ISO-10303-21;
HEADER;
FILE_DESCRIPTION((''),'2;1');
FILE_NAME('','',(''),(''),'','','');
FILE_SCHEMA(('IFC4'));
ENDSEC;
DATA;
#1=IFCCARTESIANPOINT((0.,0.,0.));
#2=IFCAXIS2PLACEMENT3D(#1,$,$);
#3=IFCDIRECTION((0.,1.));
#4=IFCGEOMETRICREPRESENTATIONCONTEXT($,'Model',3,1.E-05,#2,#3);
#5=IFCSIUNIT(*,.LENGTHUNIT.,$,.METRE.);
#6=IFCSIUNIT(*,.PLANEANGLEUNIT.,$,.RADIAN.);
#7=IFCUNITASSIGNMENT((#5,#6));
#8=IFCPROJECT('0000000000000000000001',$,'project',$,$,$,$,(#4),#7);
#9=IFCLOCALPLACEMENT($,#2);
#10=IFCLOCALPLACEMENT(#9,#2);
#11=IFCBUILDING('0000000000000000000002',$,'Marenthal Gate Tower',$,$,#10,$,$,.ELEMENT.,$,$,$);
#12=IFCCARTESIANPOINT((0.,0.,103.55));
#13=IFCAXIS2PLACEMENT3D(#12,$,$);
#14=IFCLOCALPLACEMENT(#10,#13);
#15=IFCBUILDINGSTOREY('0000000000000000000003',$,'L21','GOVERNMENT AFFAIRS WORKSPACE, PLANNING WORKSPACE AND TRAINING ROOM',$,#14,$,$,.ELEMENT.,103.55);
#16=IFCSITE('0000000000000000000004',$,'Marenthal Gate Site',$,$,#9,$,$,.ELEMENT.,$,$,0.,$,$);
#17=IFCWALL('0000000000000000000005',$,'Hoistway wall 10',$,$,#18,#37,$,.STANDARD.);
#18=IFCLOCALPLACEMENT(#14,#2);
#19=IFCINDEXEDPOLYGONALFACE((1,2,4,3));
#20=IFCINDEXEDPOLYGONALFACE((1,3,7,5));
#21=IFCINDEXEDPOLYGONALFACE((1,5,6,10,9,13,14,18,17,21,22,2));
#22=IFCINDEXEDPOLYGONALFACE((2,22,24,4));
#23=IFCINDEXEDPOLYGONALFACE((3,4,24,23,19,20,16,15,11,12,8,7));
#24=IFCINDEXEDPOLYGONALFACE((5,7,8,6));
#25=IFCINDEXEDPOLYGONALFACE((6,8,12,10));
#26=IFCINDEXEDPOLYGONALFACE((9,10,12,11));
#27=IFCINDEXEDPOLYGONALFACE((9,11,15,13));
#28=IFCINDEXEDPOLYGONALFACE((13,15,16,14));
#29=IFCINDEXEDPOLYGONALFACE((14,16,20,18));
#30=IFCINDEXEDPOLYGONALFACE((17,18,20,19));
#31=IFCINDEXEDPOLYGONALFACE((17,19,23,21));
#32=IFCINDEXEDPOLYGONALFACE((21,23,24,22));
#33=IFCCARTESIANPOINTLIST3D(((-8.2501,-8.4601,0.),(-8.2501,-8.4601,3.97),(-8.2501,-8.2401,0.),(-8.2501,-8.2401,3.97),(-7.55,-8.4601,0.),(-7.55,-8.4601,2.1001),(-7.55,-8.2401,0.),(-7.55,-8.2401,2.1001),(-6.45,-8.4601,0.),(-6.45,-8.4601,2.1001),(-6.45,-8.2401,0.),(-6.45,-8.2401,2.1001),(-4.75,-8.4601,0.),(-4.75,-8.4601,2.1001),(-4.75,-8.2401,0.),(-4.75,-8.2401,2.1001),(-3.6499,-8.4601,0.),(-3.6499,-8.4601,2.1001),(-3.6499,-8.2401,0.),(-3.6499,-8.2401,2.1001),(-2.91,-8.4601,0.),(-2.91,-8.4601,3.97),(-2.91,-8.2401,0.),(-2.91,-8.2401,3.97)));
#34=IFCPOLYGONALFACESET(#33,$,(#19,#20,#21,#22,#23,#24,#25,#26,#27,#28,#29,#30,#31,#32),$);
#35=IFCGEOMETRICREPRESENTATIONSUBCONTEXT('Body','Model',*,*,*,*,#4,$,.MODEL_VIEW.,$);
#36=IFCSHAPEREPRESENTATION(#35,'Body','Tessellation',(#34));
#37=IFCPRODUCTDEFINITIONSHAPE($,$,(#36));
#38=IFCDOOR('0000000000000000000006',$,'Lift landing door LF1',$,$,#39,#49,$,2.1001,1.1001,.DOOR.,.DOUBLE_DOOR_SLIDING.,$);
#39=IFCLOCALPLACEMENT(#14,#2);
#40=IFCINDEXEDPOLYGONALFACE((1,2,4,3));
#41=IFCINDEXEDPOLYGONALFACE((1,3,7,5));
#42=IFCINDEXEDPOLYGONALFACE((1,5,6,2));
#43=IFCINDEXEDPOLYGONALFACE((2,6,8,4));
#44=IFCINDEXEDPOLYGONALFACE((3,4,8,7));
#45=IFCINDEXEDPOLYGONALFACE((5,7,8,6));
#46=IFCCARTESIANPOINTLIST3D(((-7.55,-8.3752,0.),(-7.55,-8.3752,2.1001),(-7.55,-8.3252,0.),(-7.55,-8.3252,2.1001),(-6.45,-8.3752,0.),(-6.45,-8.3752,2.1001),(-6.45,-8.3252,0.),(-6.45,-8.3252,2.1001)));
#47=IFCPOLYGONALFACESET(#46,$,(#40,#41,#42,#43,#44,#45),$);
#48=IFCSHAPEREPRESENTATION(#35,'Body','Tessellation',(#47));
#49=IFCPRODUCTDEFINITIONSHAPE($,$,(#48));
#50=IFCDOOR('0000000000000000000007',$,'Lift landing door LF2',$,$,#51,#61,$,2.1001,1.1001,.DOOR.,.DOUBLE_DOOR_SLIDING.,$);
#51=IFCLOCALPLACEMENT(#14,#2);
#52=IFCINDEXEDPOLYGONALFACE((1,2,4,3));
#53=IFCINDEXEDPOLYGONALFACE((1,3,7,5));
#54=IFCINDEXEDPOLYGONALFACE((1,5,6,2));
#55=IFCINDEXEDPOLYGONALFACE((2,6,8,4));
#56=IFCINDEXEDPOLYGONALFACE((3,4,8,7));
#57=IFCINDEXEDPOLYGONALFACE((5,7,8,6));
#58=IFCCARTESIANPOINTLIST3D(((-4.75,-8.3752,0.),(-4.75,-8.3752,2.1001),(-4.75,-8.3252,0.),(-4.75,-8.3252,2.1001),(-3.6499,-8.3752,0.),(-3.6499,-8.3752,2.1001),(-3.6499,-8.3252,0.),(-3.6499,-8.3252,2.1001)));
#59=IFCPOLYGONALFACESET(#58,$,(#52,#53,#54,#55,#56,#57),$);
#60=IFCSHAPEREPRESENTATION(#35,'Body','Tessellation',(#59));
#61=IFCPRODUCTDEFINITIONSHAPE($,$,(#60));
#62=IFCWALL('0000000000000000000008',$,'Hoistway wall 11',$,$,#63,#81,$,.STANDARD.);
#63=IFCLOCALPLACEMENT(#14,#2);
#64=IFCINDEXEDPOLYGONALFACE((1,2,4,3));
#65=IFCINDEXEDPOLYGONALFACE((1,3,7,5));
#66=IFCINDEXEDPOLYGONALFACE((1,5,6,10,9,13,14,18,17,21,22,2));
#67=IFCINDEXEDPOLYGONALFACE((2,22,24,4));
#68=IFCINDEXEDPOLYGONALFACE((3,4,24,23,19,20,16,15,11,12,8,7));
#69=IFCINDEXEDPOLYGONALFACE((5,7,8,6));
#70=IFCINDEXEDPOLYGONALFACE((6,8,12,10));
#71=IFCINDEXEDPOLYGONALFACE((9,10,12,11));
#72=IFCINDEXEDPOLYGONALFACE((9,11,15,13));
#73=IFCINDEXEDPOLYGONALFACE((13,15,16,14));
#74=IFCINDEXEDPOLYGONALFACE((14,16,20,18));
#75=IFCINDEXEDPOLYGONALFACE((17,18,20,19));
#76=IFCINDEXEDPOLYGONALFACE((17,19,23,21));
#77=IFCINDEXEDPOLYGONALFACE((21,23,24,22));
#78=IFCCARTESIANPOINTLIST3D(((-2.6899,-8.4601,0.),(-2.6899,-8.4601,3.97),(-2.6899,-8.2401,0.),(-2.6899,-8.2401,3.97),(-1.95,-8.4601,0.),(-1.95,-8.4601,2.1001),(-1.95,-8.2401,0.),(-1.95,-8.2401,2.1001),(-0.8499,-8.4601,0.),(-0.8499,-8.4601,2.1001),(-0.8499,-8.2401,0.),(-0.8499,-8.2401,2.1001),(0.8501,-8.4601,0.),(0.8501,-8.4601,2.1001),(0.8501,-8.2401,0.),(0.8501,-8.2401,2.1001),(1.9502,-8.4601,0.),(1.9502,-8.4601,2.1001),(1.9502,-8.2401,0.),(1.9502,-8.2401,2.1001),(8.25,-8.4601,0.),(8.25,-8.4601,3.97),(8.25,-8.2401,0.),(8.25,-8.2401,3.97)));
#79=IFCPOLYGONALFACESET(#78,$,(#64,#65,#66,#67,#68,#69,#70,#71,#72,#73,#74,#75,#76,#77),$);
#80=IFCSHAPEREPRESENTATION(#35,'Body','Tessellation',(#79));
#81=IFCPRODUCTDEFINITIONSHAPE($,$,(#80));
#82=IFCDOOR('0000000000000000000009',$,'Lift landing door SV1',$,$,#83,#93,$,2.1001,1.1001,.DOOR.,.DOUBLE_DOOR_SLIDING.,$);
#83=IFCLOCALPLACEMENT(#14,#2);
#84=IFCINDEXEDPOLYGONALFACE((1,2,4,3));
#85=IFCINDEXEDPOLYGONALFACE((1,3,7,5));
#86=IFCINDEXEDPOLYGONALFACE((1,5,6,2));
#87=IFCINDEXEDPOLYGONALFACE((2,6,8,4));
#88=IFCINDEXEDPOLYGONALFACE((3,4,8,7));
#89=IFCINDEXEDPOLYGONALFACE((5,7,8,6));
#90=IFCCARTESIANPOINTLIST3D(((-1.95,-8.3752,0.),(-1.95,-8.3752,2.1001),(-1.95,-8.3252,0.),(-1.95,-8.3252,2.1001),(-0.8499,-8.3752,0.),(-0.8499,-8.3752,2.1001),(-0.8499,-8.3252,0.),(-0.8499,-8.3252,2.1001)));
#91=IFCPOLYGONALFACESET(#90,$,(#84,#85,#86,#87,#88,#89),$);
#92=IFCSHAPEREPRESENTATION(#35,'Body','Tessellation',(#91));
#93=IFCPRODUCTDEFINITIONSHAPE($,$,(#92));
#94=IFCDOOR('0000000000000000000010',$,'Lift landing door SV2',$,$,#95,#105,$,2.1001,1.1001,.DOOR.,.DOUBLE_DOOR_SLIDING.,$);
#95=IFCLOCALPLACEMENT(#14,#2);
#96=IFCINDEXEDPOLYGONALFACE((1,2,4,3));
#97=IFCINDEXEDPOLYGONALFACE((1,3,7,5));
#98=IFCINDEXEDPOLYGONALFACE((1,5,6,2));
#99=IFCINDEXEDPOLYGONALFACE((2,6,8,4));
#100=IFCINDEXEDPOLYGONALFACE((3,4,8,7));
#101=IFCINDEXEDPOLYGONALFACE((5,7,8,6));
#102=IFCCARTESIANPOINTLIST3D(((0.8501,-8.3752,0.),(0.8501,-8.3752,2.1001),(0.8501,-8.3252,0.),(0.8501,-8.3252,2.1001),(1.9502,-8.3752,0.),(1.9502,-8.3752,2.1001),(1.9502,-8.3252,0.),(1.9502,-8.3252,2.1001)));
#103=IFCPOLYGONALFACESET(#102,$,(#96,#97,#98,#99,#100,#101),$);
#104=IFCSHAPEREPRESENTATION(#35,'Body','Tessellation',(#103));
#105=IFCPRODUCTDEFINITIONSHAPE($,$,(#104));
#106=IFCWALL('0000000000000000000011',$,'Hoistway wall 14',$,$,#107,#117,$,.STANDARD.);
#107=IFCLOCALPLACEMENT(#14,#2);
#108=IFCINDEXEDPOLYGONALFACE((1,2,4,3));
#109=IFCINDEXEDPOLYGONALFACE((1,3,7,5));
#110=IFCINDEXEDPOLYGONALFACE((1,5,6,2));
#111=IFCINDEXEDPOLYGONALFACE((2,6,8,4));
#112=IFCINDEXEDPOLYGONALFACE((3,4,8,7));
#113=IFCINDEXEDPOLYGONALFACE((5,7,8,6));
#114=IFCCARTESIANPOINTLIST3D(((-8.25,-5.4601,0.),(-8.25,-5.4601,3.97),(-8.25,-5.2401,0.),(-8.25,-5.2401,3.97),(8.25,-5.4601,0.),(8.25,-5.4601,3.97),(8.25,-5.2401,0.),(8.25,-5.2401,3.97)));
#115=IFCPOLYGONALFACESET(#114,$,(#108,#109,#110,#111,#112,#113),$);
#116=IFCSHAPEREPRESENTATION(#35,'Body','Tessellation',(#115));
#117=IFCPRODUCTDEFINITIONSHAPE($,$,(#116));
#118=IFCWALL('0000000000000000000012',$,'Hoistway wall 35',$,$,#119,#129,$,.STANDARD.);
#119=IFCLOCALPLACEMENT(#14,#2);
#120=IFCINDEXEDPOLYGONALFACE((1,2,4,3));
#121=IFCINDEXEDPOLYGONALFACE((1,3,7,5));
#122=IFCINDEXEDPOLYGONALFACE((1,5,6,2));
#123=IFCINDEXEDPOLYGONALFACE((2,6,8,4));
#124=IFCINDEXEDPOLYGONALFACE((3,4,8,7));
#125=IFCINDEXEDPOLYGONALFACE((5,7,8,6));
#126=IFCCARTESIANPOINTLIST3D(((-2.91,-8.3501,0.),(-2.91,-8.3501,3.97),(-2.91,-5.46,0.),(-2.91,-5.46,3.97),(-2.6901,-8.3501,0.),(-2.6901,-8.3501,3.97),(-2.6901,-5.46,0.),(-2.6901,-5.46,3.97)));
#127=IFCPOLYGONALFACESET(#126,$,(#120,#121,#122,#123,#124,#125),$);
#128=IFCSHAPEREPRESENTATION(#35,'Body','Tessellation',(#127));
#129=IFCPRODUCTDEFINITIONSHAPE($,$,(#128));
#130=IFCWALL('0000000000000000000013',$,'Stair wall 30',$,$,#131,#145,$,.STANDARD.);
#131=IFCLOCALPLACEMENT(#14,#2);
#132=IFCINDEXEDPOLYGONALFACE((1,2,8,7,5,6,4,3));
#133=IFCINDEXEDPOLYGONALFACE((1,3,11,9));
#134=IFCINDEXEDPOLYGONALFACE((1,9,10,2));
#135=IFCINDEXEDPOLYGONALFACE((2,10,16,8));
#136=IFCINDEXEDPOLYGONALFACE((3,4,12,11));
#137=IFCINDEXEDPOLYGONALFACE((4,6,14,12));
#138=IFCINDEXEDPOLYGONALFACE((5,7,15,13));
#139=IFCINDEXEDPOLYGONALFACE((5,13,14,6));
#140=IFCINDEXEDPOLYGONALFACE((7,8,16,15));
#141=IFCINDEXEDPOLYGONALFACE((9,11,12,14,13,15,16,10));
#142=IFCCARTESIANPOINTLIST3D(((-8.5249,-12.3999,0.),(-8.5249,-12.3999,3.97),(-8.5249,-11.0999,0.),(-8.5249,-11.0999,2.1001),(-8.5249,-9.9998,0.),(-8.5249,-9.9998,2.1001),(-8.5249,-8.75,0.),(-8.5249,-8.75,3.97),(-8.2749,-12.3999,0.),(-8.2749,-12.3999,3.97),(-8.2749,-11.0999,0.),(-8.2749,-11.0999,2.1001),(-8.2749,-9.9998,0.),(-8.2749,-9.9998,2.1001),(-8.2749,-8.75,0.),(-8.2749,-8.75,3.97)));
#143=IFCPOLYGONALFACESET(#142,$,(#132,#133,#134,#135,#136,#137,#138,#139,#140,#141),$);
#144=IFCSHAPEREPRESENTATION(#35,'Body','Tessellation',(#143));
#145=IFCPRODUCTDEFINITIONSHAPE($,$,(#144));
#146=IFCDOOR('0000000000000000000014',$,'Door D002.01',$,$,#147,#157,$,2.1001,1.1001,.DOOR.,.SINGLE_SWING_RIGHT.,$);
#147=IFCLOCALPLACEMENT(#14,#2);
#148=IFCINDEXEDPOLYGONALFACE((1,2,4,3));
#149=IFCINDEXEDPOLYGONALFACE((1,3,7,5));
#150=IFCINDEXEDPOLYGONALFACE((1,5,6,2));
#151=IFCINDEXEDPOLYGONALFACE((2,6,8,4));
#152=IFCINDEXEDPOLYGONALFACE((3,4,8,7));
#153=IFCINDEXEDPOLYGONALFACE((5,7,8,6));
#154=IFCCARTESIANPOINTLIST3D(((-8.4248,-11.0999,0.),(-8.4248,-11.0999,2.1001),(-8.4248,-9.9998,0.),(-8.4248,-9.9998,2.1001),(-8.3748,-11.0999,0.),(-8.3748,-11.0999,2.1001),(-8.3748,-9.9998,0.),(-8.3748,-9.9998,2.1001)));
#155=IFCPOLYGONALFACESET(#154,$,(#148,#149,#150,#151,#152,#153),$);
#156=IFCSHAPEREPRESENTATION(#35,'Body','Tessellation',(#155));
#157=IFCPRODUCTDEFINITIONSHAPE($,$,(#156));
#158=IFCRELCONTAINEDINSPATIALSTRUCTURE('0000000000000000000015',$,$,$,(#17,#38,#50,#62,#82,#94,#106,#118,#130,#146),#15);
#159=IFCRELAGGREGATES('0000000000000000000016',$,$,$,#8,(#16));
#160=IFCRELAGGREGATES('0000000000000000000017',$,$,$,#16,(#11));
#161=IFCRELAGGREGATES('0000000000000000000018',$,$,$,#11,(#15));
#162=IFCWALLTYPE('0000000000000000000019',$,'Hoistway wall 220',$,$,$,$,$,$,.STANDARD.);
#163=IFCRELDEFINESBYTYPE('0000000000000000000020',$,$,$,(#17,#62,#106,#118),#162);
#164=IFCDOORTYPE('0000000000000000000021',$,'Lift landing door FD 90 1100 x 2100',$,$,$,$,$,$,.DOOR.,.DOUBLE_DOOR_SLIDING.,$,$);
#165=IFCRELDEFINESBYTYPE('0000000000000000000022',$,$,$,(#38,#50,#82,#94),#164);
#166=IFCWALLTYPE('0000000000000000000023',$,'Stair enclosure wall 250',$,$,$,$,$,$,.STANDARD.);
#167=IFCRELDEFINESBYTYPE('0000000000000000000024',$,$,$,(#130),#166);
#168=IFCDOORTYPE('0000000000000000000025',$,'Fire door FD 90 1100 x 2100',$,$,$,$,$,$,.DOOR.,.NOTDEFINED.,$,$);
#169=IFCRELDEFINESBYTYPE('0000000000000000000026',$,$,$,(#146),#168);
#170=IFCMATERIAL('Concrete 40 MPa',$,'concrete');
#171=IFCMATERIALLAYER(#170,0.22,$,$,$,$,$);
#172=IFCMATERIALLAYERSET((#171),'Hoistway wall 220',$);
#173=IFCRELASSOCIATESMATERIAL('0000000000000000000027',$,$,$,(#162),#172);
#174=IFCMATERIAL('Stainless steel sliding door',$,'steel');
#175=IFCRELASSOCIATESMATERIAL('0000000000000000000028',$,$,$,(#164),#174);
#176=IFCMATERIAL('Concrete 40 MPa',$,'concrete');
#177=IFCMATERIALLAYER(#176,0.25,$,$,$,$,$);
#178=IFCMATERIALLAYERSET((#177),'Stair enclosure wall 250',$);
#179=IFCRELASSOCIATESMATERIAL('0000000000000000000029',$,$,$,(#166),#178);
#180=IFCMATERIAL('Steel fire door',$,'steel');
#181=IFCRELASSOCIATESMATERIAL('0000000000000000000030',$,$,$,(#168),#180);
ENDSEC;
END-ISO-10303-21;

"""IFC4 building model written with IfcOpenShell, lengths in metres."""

from ifc_helpers import new_model, si_unit, direction, frame, frame_2d, origin, place, context, subcontext, project, spatial, rectangle, extrude, material, layer, layer_set, type_object, element, fill, save


model = new_model("IFC4")

# Units and contexts
model_context = context("Model", 3, precision=1e-05, world=origin(), true_north=direction((0.0, 1.0)))
body_context = subcontext(model_context, "Body", "Model", "MODEL_VIEW")
ifc_project = project(units=[si_unit("LENGTHUNIT", "METRE"), si_unit("PLANEANGLEUNIT", "RADIAN")], contexts=[model_context])

# Site, building, storey
site_placement = place(None, origin())
site = spatial("IfcSite", under=ifc_project, at=site_placement, Name="Marenthal Gate Site", CompositionType="ELEMENT", RefElevation=0.0)
building_placement = place(site_placement, origin())
building = spatial("IfcBuilding", under=site, at=building_placement, Name="Marenthal Gate Tower", CompositionType="ELEMENT")
storey_placement = place(building_placement, frame((0.0, 0.0, 103.55)))
storey = spatial("IfcBuildingStorey", under=building, at=storey_placement, Name="L21", Description="GOVERNMENT AFFAIRS WORKSPACE, PLANNING WORKSPACE AND TRAINING ROOM", CompositionType="ELEMENT", Elevation=103.55)

# Walls, openings, doors
ifc_material_1 = material(Name="Concrete 40 MPa", Category="concrete")
ifc_layer_1 = layer(ifc_material_1, 0.22)
ifc_layer_set_1 = layer_set([ifc_layer_1], Name="Hoistway wall 220")
wall_type_1 = type_object("IfcWallType", Name="Hoistway wall 220", PredefinedType="STANDARD", material=ifc_layer_set_1)
wall_1_placement = place(storey_placement, frame((-8.25, -8.3501, 0.0), z_axis=(0.0, 0.0, 1.0), x_axis=(1.0, 0.0, 0.0)))
wall_1 = element("IfcWall", 1, at=wall_1_placement, inside=storey, type_object=wall_type_1, Name="Hoistway wall 10", PredefinedType="STANDARD", context=body_context, shape_type="SweptSolid", body=[
    extrude(rectangle(XDim=5.3401, YDim=0.22, at=frame_2d((2.6699, 0.0))), origin(), (0.0, 0.0, 1.0), 3.97),
])
opening_1_placement = place(wall_1_placement, frame((0.7, 0.0, 0.0)))
opening_1 = element("IfcOpeningElement", 2, at=opening_1_placement, cuts=wall_1, PredefinedType="OPENING", context=body_context, shape_type="SweptSolid", body=[
    extrude(rectangle(XDim=1.1001, YDim=2.1001, at=frame_2d((0.55, 1.05))), frame((0.0, 0.1201, 0.0), z_axis=(0.0, -1.0, 0.0), x_axis=(1.0, 0.0, 0.0)), (0.0, 0.0, 1.0), 0.24),
])
opening_2_placement = place(wall_1_placement, frame((3.5, 0.0, 0.0)))
opening_2 = element("IfcOpeningElement", 3, at=opening_2_placement, cuts=wall_1, PredefinedType="OPENING", context=body_context, shape_type="SweptSolid", body=[
    extrude(rectangle(XDim=1.1001, YDim=2.1001, at=frame_2d((0.55, 1.05))), frame((0.0, 0.1201, 0.0), z_axis=(0.0, -1.0, 0.0), x_axis=(1.0, 0.0, 0.0)), (0.0, 0.0, 1.0), 0.24),
])
ifc_material_2 = material(Name="Stainless steel sliding door", Category="steel")
door_type_1 = type_object("IfcDoorType", Name="Lift landing door FD 90 1100 x 2100", OperationType="DOUBLE_DOOR_SLIDING", PredefinedType="DOOR", material=ifc_material_2)
door_1_placement = place(opening_1_placement, origin())
door_1 = element("IfcDoor", 4, at=door_1_placement, inside=storey, type_object=door_type_1, Name="Lift landing door LF1", OperationType="DOUBLE_DOOR_SLIDING", OverallHeight=2.1001, OverallWidth=1.1001, PredefinedType="DOOR", context=body_context, shape_type="SweptSolid", body=[
    extrude(rectangle(XDim=1.1001, YDim=2.1001, at=frame_2d((0.55, 1.05))), frame((0.0, 0.0249, 0.0), z_axis=(0.0, -1.0, 0.0), x_axis=(1.0, 0.0, 0.0)), (0.0, 0.0, 1.0), 0.05),
])
fill(opening_1, door_1)
door_2_placement = place(opening_2_placement, origin())
door_2 = element("IfcDoor", 5, at=door_2_placement, inside=storey, type_object=door_type_1, Name="Lift landing door LF2", OperationType="DOUBLE_DOOR_SLIDING", OverallHeight=2.1001, OverallWidth=1.1001, PredefinedType="DOOR", context=body_context, shape_type="SweptSolid", body=[
    extrude(rectangle(XDim=1.1001, YDim=2.1001, at=frame_2d((0.55, 1.05))), frame((0.0, 0.0249, 0.0), z_axis=(0.0, -1.0, 0.0), x_axis=(1.0, 0.0, 0.0)), (0.0, 0.0, 1.0), 0.05),
])
fill(opening_2, door_2)
wall_2_placement = place(storey_placement, frame((-2.6899, -8.3501, 0.0), z_axis=(0.0, 0.0, 1.0), x_axis=(1.0, 0.0, 0.0)))
wall_2 = element("IfcWall", 6, at=wall_2_placement, inside=storey, type_object=wall_type_1, Name="Hoistway wall 11", PredefinedType="STANDARD", context=body_context, shape_type="SweptSolid", body=[
    extrude(rectangle(XDim=10.9399, YDim=0.22, at=frame_2d((5.47, 0.0))), origin(), (0.0, 0.0, 1.0), 3.97),
])
opening_3_placement = place(wall_2_placement, frame((0.74, 0.0, 0.0)))
opening_3 = element("IfcOpeningElement", 7, at=opening_3_placement, cuts=wall_2, PredefinedType="OPENING", context=body_context, shape_type="SweptSolid", body=[
    extrude(rectangle(XDim=1.1001, YDim=2.1001, at=frame_2d((0.55, 1.05))), frame((0.0, 0.1201, 0.0), z_axis=(0.0, -1.0, 0.0), x_axis=(1.0, 0.0, 0.0)), (0.0, 0.0, 1.0), 0.24),
])
opening_4_placement = place(wall_2_placement, frame((3.54, 0.0, 0.0)))
opening_4 = element("IfcOpeningElement", 8, at=opening_4_placement, cuts=wall_2, PredefinedType="OPENING", context=body_context, shape_type="SweptSolid", body=[
    extrude(rectangle(XDim=1.1001, YDim=2.1001, at=frame_2d((0.55, 1.05))), frame((0.0, 0.1201, 0.0), z_axis=(0.0, -1.0, 0.0), x_axis=(1.0, 0.0, 0.0)), (0.0, 0.0, 1.0), 0.24),
])
door_3_placement = place(opening_3_placement, origin())
door_3 = element("IfcDoor", 9, at=door_3_placement, inside=storey, type_object=door_type_1, Name="Lift landing door SV1", OperationType="DOUBLE_DOOR_SLIDING", OverallHeight=2.1001, OverallWidth=1.1001, PredefinedType="DOOR", context=body_context, shape_type="SweptSolid", body=[
    extrude(rectangle(XDim=1.1001, YDim=2.1001, at=frame_2d((0.55, 1.05))), frame((0.0, 0.0249, 0.0), z_axis=(0.0, -1.0, 0.0), x_axis=(1.0, 0.0, 0.0)), (0.0, 0.0, 1.0), 0.05),
])
fill(opening_3, door_3)
door_4_placement = place(opening_4_placement, origin())
door_4 = element("IfcDoor", 10, at=door_4_placement, inside=storey, type_object=door_type_1, Name="Lift landing door SV2", OperationType="DOUBLE_DOOR_SLIDING", OverallHeight=2.1001, OverallWidth=1.1001, PredefinedType="DOOR", context=body_context, shape_type="SweptSolid", body=[
    extrude(rectangle(XDim=1.1001, YDim=2.1001, at=frame_2d((0.55, 1.05))), frame((0.0, 0.0249, 0.0), z_axis=(0.0, -1.0, 0.0), x_axis=(1.0, 0.0, 0.0)), (0.0, 0.0, 1.0), 0.05),
])
fill(opening_4, door_4)

# Walls
wall_3_placement = place(storey_placement, frame((-8.25, -5.3501, 0.0), z_axis=(0.0, 0.0, 1.0), x_axis=(1.0, 0.0, 0.0)))
element("IfcWall", 11, at=wall_3_placement, inside=storey, type_object=wall_type_1, Name="Hoistway wall 14", PredefinedType="STANDARD", context=body_context, shape_type="SweptSolid", body=[
    extrude(rectangle(XDim=16.5, YDim=0.22, at=frame_2d((8.25, 0.0))), origin(), (0.0, 0.0, 1.0), 3.97),
])
wall_4_placement = place(storey_placement, frame((-2.8, -8.3501, 0.0), z_axis=(0.0, 0.0, 1.0), x_axis=(0.0, 1.0, 0.0)))
element("IfcWall", 12, at=wall_4_placement, inside=storey, type_object=wall_type_1, Name="Hoistway wall 35", PredefinedType="STANDARD", context=body_context, shape_type="SweptSolid", body=[
    extrude(rectangle(XDim=2.8901, YDim=0.22, at=frame_2d((1.4451, 0.0))), origin(), (0.0, 0.0, 1.0), 3.97),
])

# Wall, opening, door
ifc_material_3 = material(Name="Concrete 40 MPa", Category="concrete")
ifc_layer_2 = layer(ifc_material_3, 0.25)
ifc_layer_set_2 = layer_set([ifc_layer_2], Name="Stair enclosure wall 250")
wall_type_2 = type_object("IfcWallType", Name="Stair enclosure wall 250", PredefinedType="STANDARD", material=ifc_layer_set_2)
wall_5_placement = place(storey_placement, frame((-8.3999, -12.3999, 0.0), z_axis=(0.0, 0.0, 1.0), x_axis=(0.0, 1.0, 0.0)))
wall_5 = element("IfcWall", 13, at=wall_5_placement, inside=storey, type_object=wall_type_2, Name="Stair wall 30", PredefinedType="STANDARD", context=body_context, shape_type="SweptSolid", body=[
    extrude(rectangle(XDim=3.6499, YDim=0.25, at=frame_2d((1.825, 0.0))), origin(), (0.0, 0.0, 1.0), 3.97),
])
opening_5_placement = place(wall_5_placement, frame((1.3, 0.0, 0.0)))
opening_5 = element("IfcOpeningElement", 14, at=opening_5_placement, cuts=wall_5, PredefinedType="OPENING", context=body_context, shape_type="SweptSolid", body=[
    extrude(rectangle(XDim=1.1001, YDim=2.1001, at=frame_2d((0.55, 1.05))), frame((0.0, 0.135, 0.0), z_axis=(0.0, -1.0, 0.0), x_axis=(1.0, 0.0, 0.0)), (0.0, 0.0, 1.0), 0.27),
])
ifc_material_4 = material(Name="Steel fire door", Category="steel")
door_type_2 = type_object("IfcDoorType", Name="Fire door FD 90 1100 x 2100", OperationType="NOTDEFINED", PredefinedType="DOOR", material=ifc_material_4)
door_5_placement = place(opening_5_placement, origin())
door_5 = element("IfcDoor", 15, at=door_5_placement, inside=storey, type_object=door_type_2, Name="Door D002.01", OperationType="SINGLE_SWING_RIGHT", OverallHeight=2.1001, OverallWidth=1.1001, PredefinedType="DOOR", context=body_context, shape_type="SweptSolid", body=[
    extrude(rectangle(XDim=1.1001, YDim=2.1001, at=frame_2d((0.55, 1.05))), frame((0.0, 0.0249, 0.0), z_axis=(0.0, -1.0, 0.0), x_axis=(1.0, 0.0, 0.0)), (0.0, 0.0, 1.0), 0.05),
])
fill(opening_5, door_5)

save(model, "model.ifc")
